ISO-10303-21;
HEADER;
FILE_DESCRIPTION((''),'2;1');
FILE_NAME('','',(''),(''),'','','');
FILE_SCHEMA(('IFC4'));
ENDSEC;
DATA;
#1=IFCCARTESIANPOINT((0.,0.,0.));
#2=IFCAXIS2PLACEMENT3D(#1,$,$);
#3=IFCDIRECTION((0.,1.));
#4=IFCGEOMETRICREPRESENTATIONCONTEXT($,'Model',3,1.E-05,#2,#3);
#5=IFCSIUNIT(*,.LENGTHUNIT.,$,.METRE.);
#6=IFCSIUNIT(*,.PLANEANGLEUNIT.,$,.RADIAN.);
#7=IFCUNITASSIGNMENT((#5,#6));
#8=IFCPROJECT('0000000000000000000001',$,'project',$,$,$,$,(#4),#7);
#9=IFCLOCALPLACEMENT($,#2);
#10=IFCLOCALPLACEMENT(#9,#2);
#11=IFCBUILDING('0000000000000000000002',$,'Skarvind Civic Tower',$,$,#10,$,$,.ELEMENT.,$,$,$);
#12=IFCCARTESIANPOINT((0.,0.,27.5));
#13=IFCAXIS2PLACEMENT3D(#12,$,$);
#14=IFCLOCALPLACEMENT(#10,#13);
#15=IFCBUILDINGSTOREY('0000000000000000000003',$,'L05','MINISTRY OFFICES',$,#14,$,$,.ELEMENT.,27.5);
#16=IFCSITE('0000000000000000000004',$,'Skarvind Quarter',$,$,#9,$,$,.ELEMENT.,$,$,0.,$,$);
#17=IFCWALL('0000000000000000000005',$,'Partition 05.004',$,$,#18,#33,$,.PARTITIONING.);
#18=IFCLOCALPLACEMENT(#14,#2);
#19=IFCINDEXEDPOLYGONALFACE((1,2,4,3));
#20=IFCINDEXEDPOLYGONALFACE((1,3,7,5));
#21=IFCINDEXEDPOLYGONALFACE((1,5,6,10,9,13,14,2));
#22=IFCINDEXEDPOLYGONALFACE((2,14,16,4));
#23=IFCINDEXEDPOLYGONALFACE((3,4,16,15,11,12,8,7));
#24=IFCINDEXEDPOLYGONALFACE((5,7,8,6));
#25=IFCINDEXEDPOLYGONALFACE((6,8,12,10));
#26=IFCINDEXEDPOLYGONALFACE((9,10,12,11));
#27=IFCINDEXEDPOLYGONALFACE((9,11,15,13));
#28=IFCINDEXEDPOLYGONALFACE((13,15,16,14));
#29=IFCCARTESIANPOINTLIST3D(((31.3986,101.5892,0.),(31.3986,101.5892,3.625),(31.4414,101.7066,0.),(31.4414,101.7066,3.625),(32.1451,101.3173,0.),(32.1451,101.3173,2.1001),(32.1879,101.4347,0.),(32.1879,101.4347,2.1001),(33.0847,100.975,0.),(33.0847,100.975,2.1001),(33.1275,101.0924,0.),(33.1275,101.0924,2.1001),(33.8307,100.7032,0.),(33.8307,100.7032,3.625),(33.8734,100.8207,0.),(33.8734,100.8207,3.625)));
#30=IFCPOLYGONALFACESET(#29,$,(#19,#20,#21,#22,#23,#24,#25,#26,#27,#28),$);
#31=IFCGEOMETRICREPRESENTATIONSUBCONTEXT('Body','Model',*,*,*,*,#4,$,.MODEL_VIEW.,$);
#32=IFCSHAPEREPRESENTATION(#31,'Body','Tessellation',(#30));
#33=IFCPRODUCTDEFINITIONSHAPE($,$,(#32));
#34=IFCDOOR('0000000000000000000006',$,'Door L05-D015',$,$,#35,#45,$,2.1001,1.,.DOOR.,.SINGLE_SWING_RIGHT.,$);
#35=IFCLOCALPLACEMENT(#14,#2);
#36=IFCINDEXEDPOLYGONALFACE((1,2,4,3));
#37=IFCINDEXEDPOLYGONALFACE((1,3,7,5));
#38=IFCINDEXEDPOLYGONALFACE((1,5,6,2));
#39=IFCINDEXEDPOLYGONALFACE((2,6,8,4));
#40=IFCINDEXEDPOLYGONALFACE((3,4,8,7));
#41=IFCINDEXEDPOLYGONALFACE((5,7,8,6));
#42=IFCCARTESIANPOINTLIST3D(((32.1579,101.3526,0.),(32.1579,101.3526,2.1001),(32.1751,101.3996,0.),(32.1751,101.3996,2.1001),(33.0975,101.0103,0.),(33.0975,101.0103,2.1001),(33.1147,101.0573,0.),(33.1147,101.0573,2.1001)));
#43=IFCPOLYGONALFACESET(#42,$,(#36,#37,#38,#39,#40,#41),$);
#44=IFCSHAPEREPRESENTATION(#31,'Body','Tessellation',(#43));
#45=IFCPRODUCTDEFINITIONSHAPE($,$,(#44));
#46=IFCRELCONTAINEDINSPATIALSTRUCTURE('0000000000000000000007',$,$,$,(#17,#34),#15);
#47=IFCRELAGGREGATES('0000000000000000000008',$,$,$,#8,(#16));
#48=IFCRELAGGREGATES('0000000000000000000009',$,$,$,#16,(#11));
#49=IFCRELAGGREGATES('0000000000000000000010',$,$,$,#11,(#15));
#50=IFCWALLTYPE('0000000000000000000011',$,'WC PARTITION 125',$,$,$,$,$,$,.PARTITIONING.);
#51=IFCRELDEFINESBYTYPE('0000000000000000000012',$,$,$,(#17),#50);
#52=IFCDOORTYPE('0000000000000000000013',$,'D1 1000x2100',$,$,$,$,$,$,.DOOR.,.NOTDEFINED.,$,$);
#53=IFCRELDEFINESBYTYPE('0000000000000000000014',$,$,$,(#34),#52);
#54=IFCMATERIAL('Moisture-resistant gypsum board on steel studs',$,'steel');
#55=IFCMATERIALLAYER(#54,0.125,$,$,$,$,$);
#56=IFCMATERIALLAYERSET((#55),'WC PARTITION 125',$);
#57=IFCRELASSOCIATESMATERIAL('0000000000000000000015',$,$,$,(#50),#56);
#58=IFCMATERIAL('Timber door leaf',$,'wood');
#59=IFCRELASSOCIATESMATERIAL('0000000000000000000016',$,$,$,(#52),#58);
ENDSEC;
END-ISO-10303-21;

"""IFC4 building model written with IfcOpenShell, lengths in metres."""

from ifc_helpers import new_model, si_unit, direction, frame, frame_2d, origin, place, context, subcontext, project, spatial, rectangle, extrude, material, layer, layer_set, type_object, element, fill, save


model = new_model("IFC4")

# Units and contexts
model_context = context("Model", 3, precision=1e-05, world=origin(), true_north=direction((0.0, 1.0)))
body_context = subcontext(model_context, "Body", "Model", "MODEL_VIEW")
ifc_project = project(units=[si_unit("LENGTHUNIT", "METRE"), si_unit("PLANEANGLEUNIT", "RADIAN")], contexts=[model_context])

# Site, building, storey
site_placement = place(None, origin())
site = spatial("IfcSite", under=ifc_project, at=site_placement, Name="Skarvind Quarter", CompositionType="ELEMENT", RefElevation=0.0)
building_placement = place(site_placement, origin())
building = spatial("IfcBuilding", under=site, at=building_placement, Name="Skarvind Civic Tower", CompositionType="ELEMENT")
storey_placement = place(building_placement, frame((0.0, 0.0, 27.5)))
storey = spatial("IfcBuildingStorey", under=building, at=storey_placement, Name="L05", Description="MINISTRY OFFICES", CompositionType="ELEMENT", Elevation=27.5)

# Shared definitions
ifc_material_1 = material(Name="Moisture-resistant gypsum board on steel studs", Category="steel")
ifc_layer_1 = layer(ifc_material_1, 0.125)
ifc_layer_set_1 = layer_set([ifc_layer_1], Name="WC PARTITION 125")
wall_type_1 = type_object("IfcWallType", Name="WC PARTITION 125", PredefinedType="PARTITIONING", material=ifc_layer_set_1)
ifc_material_2 = material(Name="Timber door leaf", Category="wood")

# Wall, opening, door
wall_1_placement = place(storey_placement, frame((33.8521, 100.762, 0.0), z_axis=(0.0, 0.0, 1.0), x_axis=(-0.939598, 0.342281, 0.0)))
wall_1 = element("IfcWall", 1, at=wall_1_placement, inside=storey, type_object=wall_type_1, Name="Partition 05.004", PredefinedType="PARTITIONING", context=body_context, shape_type="SweptSolid", body=[
    extrude(rectangle(XDim=2.5884, YDim=0.125, at=frame_2d((1.2942, 0.0))), origin(), (0.0, 0.0, 1.0), 3.625),
])
opening_1_placement = place(wall_1_placement, frame((0.7939, 0.0, 0.0)))
opening_1 = element("IfcOpeningElement", 2, at=opening_1_placement, cuts=wall_1, PredefinedType="OPENING", context=body_context, shape_type="SweptSolid", body=[
    extrude(rectangle(XDim=1.0, YDim=2.1001, at=frame_2d((0.5, 1.05))), frame((0.0, 0.0725, 0.0), z_axis=(0.0, -1.0, 0.0), x_axis=(1.0, 0.0, 0.0)), (0.0, 0.0, 1.0), 0.145),
])
door_type_1 = type_object("IfcDoorType", Name="D1 1000x2100", OperationType="NOTDEFINED", PredefinedType="DOOR", material=ifc_material_2)
door_1_placement = place(opening_1_placement, origin())
door_1 = element("IfcDoor", 3, at=door_1_placement, inside=storey, type_object=door_type_1, Name="Door L05-D015", OperationType="SINGLE_SWING_RIGHT", OverallHeight=2.1001, OverallWidth=1.0, PredefinedType="DOOR", context=body_context, shape_type="SweptSolid", body=[
    extrude(rectangle(XDim=1.0, YDim=2.1001, at=frame_2d((0.5, 1.05))), frame((0.0, 0.0249, 0.0), z_axis=(0.0, -1.0, 0.0), x_axis=(1.0, 0.0, 0.0)), (0.0, 0.0, 1.0), 0.05),
])
fill(opening_1, door_1)

save(model, "model.ifc")
